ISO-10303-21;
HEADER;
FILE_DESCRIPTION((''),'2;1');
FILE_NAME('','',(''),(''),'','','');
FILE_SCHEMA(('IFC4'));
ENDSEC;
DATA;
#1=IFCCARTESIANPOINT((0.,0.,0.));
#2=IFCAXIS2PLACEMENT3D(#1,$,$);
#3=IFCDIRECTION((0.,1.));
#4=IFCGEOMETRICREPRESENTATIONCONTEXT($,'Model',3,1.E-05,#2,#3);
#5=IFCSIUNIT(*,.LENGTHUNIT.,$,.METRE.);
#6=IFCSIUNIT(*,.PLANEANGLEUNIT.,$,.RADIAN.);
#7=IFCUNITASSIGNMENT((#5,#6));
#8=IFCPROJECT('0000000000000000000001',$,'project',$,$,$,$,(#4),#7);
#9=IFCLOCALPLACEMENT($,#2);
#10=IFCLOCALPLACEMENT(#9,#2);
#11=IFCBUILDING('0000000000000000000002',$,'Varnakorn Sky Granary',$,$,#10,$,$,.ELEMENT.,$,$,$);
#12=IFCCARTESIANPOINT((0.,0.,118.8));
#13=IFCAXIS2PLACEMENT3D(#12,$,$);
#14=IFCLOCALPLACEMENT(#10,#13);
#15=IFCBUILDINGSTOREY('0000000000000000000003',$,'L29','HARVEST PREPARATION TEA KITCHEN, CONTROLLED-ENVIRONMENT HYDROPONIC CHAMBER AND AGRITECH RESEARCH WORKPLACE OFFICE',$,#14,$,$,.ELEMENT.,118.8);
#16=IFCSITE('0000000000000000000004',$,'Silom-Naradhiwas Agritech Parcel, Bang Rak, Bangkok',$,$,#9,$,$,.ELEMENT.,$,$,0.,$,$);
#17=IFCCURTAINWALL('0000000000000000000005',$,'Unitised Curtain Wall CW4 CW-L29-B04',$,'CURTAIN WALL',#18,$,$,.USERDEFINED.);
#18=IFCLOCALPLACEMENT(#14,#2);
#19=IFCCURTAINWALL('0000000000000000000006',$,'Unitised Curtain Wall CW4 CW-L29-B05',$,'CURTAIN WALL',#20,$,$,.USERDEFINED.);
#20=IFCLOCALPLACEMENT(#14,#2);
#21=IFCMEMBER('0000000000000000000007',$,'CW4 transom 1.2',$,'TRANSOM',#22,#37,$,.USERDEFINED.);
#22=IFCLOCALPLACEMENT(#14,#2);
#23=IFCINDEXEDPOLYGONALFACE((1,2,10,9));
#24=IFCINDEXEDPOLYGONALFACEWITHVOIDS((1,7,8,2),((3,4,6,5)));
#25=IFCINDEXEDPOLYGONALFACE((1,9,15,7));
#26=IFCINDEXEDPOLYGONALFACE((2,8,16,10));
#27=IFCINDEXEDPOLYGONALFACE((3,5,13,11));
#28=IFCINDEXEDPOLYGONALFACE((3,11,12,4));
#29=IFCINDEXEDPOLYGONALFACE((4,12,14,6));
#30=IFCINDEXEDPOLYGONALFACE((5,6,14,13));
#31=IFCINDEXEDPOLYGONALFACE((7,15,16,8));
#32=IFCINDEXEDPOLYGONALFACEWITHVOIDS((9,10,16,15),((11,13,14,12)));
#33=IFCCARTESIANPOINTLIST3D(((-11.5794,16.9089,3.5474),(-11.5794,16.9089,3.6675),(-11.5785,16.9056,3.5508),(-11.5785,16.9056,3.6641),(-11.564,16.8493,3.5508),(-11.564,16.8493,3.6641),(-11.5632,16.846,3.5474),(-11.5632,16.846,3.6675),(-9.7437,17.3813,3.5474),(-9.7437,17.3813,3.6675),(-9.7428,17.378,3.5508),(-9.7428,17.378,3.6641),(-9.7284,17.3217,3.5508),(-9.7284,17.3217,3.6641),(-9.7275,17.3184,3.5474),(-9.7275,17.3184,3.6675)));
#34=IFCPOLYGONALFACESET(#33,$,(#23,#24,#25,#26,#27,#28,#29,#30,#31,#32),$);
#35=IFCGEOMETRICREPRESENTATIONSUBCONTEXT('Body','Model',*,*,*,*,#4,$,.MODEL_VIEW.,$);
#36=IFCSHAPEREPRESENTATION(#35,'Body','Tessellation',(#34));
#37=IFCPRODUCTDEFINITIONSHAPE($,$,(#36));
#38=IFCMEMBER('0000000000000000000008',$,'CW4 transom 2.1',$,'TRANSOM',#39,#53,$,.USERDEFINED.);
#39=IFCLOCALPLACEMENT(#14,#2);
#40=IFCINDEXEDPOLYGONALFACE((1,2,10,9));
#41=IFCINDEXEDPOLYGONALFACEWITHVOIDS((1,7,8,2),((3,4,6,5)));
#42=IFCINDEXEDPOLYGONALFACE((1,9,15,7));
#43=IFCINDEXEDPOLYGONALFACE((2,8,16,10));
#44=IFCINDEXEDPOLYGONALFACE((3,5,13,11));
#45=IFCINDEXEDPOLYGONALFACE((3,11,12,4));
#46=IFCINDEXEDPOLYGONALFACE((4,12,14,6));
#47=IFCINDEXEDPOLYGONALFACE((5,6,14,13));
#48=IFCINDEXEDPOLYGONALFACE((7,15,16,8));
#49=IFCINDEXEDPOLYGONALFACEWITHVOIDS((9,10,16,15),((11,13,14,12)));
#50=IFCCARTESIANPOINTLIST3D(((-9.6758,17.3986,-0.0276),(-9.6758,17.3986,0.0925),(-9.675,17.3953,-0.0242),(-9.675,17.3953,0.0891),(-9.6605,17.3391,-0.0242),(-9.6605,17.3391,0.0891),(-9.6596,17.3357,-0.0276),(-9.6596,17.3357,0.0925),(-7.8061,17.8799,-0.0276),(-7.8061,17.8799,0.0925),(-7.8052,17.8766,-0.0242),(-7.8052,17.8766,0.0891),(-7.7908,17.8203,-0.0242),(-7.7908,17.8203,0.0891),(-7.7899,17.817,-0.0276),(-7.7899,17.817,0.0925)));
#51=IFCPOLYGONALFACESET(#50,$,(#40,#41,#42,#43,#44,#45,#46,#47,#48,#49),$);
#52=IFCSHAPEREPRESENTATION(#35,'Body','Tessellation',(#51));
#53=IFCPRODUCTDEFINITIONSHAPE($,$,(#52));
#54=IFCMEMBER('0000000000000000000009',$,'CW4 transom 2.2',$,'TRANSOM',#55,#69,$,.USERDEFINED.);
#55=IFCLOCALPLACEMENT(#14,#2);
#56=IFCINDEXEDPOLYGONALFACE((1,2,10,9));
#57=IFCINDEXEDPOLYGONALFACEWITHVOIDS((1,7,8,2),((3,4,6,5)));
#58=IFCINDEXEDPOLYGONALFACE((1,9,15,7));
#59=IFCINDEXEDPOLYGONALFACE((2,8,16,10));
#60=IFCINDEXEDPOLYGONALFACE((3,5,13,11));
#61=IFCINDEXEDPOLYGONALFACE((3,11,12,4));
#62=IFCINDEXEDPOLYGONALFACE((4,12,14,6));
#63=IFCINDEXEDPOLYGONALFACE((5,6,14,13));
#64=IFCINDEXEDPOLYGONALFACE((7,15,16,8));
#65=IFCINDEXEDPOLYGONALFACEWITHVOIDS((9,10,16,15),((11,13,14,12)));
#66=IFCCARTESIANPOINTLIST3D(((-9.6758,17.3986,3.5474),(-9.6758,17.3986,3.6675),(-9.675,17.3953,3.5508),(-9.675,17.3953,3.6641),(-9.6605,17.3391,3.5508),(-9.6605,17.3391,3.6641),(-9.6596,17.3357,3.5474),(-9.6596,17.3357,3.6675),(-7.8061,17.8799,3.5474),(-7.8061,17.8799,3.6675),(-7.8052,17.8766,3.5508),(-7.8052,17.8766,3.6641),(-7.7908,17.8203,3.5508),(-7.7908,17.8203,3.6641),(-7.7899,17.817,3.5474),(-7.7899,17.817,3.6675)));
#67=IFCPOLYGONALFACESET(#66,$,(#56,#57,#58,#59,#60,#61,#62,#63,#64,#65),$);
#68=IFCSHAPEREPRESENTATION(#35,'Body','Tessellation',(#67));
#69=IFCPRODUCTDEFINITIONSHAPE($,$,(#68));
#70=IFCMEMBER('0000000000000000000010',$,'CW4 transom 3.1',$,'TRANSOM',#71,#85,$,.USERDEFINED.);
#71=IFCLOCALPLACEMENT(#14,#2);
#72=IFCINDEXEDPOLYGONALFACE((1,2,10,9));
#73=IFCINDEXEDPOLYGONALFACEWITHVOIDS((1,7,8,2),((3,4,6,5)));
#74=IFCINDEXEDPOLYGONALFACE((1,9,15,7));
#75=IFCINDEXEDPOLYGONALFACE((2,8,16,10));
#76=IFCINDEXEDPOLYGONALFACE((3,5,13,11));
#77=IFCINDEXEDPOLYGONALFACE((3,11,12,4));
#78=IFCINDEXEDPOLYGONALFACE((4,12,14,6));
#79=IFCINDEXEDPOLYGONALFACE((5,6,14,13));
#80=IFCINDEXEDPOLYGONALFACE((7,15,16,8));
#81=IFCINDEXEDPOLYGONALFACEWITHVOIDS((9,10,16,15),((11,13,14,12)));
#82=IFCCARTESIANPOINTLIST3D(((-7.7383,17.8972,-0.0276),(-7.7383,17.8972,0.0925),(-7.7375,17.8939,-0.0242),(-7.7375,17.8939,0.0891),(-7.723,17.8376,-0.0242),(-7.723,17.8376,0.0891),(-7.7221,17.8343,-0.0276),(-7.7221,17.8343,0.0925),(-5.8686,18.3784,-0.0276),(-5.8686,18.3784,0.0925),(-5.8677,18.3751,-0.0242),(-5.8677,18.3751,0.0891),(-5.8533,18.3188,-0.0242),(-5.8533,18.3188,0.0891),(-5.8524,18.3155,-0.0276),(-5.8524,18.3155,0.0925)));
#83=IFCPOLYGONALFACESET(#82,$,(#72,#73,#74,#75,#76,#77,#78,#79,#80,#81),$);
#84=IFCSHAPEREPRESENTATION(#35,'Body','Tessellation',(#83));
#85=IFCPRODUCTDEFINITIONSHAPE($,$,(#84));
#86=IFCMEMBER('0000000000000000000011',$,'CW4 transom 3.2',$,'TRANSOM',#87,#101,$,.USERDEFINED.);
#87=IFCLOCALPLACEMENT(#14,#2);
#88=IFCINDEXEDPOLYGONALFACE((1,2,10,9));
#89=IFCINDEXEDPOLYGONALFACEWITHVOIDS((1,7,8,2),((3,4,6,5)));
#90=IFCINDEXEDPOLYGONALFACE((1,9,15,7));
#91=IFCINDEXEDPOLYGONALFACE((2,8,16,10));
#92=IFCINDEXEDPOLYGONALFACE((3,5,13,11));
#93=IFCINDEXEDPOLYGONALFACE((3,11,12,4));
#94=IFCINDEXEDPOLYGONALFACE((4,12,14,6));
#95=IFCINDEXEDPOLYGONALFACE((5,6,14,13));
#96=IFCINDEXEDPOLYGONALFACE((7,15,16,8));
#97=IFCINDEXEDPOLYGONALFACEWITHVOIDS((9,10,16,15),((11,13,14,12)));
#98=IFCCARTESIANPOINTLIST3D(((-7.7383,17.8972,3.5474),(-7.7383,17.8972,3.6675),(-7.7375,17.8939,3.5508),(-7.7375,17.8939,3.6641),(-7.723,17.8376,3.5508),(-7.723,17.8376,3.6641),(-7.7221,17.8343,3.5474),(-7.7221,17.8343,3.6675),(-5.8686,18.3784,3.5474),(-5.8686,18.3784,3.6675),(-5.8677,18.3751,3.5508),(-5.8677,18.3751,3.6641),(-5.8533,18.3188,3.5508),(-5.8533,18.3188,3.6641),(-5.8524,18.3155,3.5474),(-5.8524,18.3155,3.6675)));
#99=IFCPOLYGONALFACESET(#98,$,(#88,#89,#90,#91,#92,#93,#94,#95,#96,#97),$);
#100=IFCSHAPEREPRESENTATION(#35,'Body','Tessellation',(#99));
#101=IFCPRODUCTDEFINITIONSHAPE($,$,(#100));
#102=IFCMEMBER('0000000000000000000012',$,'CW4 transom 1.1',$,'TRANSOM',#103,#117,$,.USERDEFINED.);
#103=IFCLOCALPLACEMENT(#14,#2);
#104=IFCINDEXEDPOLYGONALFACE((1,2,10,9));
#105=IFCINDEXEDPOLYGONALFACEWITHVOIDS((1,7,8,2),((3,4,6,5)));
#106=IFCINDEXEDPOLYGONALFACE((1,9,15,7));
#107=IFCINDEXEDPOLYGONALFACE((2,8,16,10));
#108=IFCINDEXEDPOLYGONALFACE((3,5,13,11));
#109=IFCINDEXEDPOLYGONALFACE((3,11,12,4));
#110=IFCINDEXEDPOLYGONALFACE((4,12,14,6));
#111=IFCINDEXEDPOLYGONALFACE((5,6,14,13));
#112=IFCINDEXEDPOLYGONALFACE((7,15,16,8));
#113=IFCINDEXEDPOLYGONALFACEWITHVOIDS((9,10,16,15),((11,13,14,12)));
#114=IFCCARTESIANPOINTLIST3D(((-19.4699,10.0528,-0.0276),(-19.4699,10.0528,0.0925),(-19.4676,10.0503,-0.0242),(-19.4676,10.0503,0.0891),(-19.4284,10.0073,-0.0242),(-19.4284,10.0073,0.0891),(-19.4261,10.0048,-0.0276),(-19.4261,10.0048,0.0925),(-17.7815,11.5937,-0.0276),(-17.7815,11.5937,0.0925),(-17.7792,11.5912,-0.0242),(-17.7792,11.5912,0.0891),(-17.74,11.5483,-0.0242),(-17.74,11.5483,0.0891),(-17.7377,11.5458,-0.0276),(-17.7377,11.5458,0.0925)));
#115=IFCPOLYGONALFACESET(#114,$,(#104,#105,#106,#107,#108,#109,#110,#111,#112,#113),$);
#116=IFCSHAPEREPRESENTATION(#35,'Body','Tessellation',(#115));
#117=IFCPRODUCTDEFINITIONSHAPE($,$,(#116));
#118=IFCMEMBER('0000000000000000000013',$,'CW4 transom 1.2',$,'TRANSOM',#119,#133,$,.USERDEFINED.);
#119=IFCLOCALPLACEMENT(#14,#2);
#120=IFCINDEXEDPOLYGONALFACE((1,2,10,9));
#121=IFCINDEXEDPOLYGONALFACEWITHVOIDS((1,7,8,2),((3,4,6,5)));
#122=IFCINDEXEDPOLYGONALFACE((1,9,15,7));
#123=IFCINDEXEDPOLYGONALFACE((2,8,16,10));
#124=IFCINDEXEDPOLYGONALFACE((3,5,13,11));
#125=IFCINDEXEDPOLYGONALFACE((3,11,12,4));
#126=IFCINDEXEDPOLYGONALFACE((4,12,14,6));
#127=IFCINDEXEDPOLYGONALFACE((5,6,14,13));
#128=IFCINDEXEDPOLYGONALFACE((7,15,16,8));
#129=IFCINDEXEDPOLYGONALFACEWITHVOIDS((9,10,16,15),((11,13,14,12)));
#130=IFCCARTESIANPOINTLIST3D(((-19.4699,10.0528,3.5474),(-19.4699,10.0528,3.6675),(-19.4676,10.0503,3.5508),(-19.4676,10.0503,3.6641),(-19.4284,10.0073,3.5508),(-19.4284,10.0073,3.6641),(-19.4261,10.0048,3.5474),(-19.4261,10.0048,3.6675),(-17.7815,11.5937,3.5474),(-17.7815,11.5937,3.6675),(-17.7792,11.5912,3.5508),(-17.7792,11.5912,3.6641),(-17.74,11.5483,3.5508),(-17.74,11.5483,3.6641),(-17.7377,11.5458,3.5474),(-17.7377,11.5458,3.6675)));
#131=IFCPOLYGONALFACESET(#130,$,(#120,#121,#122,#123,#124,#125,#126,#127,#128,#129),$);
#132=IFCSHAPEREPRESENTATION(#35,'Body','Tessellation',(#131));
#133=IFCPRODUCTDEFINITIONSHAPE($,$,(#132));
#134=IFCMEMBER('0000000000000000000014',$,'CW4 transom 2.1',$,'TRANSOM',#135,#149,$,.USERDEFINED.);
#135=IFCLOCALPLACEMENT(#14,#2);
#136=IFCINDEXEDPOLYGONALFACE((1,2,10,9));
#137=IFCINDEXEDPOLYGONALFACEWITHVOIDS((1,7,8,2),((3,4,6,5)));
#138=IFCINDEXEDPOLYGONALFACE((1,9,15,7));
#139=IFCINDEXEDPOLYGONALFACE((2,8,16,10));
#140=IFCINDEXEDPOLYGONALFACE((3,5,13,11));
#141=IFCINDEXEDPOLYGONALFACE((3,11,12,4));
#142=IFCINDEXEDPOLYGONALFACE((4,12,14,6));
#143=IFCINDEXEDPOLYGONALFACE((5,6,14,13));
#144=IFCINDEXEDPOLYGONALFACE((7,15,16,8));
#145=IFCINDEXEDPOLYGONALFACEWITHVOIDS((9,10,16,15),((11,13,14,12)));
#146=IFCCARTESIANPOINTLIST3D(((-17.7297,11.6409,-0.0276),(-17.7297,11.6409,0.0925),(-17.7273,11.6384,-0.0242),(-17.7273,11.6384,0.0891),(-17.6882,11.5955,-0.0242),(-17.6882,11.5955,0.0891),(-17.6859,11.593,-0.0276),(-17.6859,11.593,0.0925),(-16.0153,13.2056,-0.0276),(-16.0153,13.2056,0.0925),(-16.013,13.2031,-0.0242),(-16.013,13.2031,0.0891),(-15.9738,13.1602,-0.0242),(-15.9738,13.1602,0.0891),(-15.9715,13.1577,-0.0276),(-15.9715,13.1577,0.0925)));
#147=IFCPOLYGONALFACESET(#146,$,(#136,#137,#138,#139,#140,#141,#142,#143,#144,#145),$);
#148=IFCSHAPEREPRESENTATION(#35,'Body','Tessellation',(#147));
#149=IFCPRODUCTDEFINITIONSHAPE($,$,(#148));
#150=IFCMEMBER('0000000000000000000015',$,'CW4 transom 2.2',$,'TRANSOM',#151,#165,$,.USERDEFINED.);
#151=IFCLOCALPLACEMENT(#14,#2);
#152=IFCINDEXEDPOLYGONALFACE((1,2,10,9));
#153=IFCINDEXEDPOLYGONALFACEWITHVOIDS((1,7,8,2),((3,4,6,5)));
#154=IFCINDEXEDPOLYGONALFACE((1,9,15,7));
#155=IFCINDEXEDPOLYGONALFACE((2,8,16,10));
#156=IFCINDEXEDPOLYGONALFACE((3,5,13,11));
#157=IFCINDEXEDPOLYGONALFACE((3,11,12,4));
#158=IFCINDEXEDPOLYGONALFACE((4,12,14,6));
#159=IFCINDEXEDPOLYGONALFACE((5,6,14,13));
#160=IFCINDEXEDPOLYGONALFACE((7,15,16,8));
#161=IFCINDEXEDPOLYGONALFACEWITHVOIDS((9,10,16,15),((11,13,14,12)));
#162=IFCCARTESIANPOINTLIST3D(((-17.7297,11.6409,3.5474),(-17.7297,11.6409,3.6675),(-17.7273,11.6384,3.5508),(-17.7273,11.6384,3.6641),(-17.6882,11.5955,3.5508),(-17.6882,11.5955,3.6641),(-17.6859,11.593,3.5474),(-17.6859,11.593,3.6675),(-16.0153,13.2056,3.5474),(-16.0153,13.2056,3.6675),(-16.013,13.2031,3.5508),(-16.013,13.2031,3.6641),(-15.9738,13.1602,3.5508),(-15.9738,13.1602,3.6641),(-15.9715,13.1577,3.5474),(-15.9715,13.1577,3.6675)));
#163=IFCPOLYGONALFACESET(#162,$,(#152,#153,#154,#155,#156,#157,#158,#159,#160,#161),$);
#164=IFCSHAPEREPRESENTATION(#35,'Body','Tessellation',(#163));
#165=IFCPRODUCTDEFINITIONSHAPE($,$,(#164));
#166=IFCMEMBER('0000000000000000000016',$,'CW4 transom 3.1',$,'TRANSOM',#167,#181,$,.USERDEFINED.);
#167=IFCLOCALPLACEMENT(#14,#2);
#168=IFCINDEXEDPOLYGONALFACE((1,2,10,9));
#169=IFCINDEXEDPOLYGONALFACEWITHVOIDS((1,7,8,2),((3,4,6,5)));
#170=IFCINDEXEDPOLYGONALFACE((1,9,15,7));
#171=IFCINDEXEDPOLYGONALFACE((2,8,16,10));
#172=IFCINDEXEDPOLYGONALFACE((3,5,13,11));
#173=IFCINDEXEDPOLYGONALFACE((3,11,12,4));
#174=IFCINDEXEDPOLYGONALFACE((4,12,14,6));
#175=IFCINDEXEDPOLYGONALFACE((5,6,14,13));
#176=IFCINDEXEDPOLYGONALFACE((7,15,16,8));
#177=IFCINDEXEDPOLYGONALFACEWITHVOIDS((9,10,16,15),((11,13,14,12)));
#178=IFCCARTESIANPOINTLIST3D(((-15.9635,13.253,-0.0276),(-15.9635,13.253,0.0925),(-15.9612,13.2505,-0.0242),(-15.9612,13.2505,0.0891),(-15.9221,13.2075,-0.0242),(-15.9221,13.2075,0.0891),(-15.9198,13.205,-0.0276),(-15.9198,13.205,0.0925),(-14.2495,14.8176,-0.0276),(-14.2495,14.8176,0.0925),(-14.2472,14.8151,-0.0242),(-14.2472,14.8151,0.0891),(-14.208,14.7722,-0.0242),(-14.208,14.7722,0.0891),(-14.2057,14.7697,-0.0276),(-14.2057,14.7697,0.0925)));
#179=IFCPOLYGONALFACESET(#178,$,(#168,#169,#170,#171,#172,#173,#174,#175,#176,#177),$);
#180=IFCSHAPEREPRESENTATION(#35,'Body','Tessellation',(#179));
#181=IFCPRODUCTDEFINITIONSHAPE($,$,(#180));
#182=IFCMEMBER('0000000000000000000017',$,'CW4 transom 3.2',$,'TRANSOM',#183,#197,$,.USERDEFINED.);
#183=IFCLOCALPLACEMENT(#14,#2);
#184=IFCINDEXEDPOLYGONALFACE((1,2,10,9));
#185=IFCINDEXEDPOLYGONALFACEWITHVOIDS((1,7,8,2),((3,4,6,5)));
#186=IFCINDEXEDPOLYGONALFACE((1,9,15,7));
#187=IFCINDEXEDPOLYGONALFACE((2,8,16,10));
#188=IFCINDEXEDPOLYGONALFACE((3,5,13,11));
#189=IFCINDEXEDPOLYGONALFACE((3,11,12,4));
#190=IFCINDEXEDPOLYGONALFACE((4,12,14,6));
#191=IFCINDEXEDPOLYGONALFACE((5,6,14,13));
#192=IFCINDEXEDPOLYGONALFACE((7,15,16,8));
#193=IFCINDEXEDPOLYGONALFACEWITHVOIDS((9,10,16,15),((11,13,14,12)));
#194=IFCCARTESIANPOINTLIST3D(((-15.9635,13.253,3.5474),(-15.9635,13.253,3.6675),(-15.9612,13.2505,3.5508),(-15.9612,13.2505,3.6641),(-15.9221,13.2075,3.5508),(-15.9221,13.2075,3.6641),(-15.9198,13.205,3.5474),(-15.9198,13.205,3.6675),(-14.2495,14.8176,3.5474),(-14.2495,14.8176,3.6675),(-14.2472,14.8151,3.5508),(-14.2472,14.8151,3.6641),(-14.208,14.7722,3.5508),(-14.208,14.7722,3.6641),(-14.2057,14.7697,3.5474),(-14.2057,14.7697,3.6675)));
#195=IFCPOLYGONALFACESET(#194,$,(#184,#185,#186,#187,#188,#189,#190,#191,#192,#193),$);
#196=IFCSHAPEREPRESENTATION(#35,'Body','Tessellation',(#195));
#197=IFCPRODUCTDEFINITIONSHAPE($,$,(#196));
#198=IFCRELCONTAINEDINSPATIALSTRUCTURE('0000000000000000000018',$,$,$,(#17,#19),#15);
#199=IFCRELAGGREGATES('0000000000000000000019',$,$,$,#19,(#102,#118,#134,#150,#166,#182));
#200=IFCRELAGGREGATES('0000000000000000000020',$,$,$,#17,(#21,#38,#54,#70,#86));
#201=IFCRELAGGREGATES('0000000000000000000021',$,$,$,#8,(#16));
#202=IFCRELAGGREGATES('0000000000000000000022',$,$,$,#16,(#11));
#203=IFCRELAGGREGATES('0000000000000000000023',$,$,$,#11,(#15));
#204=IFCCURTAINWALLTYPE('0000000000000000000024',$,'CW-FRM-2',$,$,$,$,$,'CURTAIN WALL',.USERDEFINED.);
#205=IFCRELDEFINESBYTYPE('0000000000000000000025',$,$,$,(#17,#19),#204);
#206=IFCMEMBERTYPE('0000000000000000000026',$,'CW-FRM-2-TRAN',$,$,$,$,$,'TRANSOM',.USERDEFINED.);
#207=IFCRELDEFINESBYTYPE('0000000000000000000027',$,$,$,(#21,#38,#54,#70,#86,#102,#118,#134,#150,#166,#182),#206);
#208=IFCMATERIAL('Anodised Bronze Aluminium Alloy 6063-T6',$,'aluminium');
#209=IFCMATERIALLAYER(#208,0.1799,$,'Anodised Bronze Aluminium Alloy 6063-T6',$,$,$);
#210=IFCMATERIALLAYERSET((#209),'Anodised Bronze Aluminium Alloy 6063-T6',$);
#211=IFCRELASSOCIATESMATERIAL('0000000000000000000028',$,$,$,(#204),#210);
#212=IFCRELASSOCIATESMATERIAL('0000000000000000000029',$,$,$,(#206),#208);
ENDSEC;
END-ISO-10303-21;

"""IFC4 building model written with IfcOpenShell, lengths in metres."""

from ifc_helpers import new_model, si_unit, direction, frame, origin, origin_2d, place, context, subcontext, project, spatial, hollow_rectangle, extrude, material, layer, layer_set, material_profile, profile_set, type_object, element, aggregate, save


model = new_model("IFC4")

# Units and contexts
model_context = context("Model", 3, precision=1e-05, world=origin(), true_north=direction((0.0, 1.0)))
body_context = subcontext(model_context, "Body", "Model", "MODEL_VIEW")
ifc_project = project(units=[si_unit("LENGTHUNIT", "METRE"), si_unit("PLANEANGLEUNIT", "RADIAN")], contexts=[model_context])

# Site, building, storey
site_placement = place(None, origin())
site = spatial("IfcSite", under=ifc_project, at=site_placement, Name="Silom-Naradhiwas Agritech Parcel, Bang Rak, Bangkok", CompositionType="ELEMENT", RefElevation=0.0)
building_placement = place(site_placement, origin())
building = spatial("IfcBuilding", under=site, at=building_placement, Name="Varnakorn Sky Granary", CompositionType="ELEMENT")
storey_placement = place(building_placement, frame((0.0, 0.0, 118.8)))
storey = spatial("IfcBuildingStorey", under=building, at=storey_placement, Name="L29", Description="HARVEST PREPARATION TEA KITCHEN, CONTROLLED-ENVIRONMENT HYDROPONIC CHAMBER AND AGRITECH RESEARCH WORKPLACE OFFICE", CompositionType="ELEMENT", Elevation=118.8)

# Curtain walls
ifc_material_1 = material(Name="Anodised Bronze Aluminium Alloy 6063-T6", Category="aluminium")
ifc_layer_1 = layer(ifc_material_1, 0.1799, Name="Anodised Bronze Aluminium Alloy 6063-T6")
ifc_layer_set_1 = layer_set([ifc_layer_1], Name="Anodised Bronze Aluminium Alloy 6063-T6")
curtain_wall_type = type_object("IfcCurtainWallType", Name="CW-FRM-2", ElementType="CURTAIN WALL", PredefinedType="USERDEFINED", material=ifc_layer_set_1)
curtain_wall_1_placement = place(storey_placement, origin())
curtain_wall_1 = element("IfcCurtainWall", 1, at=curtain_wall_1_placement, inside=storey, type_object=curtain_wall_type, Name="Unitised Curtain Wall CW4 CW-L29-B04", ObjectType="CURTAIN WALL", PredefinedType="USERDEFINED")
curtain_wall_2_placement = place(storey_placement, origin())
curtain_wall_2 = element("IfcCurtainWall", 2, at=curtain_wall_2_placement, inside=storey, type_object=curtain_wall_type, Name="Unitised Curtain Wall CW4 CW-L29-B05", ObjectType="CURTAIN WALL", PredefinedType="USERDEFINED")

# Members
ifc_material_profile_1 = material_profile(ifc_material_1, hollow_rectangle(XDim=0.0649, YDim=0.1201, WallThickness=0.0034, at=origin_2d()), Name="ALU TRAN 65x120")
ifc_profile_set_1 = profile_set([ifc_material_profile_1], Name="Anodised Bronze Aluminium Alloy 6063-T6")
member_type_1 = type_object("IfcMemberType", Name="CW-FRM-2-TRAN", ElementType="TRANSOM", PredefinedType="USERDEFINED", material=ifc_profile_set_1)
member_1_placement = place(storey_placement, frame((-11.5713, 16.8774, 3.6074), z_axis=(0.968445, 0.249227, 0.0), x_axis=(-0.249227, 0.968445, 0.0)))
member_1 = element("IfcMember", 3, at=member_1_placement, type_object=member_type_1, Name="CW4 transom 1.2", ObjectType="TRANSOM", PredefinedType="USERDEFINED", context=body_context, shape_type="SweptSolid", body=[
    extrude(hollow_rectangle(XDim=0.0649, YDim=0.1201, WallThickness=0.0034, at=origin_2d()), origin(), (0.0, 0.0, 1.0), 1.8955),
])
member_2_placement = place(storey_placement, frame((-9.6677, 17.3672, 0.0325), z_axis=(0.968438, 0.249255, 0.0), x_axis=(-0.249255, 0.968438, 0.0)))
member_2 = element("IfcMember", 4, at=member_2_placement, type_object=member_type_1, Name="CW4 transom 2.1", ObjectType="TRANSOM", PredefinedType="USERDEFINED", context=body_context, shape_type="SweptSolid", body=[
    extrude(hollow_rectangle(XDim=0.0649, YDim=0.1201, WallThickness=0.0034, at=origin_2d()), origin(), (0.0, 0.0, 1.0), 1.9307),
])
member_3_placement = place(storey_placement, frame((-9.6677, 17.3672, 3.6074), z_axis=(0.968438, 0.249255, 0.0), x_axis=(-0.249255, 0.968438, 0.0)))
member_3 = element("IfcMember", 5, at=member_3_placement, type_object=member_type_1, Name="CW4 transom 2.2", ObjectType="TRANSOM", PredefinedType="USERDEFINED", context=body_context, shape_type="SweptSolid", body=[
    extrude(hollow_rectangle(XDim=0.0649, YDim=0.1201, WallThickness=0.0034, at=origin_2d()), origin(), (0.0, 0.0, 1.0), 1.9307),
])
member_4_placement = place(storey_placement, frame((-7.7302, 17.8657, 0.0325), z_axis=(0.968438, 0.249255, 0.0), x_axis=(-0.249255, 0.968438, 0.0)))
member_4 = element("IfcMember", 6, at=member_4_placement, type_object=member_type_1, Name="CW4 transom 3.1", ObjectType="TRANSOM", PredefinedType="USERDEFINED", context=body_context, shape_type="SweptSolid", body=[
    extrude(hollow_rectangle(XDim=0.0649, YDim=0.1201, WallThickness=0.0034, at=origin_2d()), origin(), (0.0, 0.0, 1.0), 1.9307),
])
member_5_placement = place(storey_placement, frame((-7.7302, 17.8657, 3.6074), z_axis=(0.968438, 0.249255, 0.0), x_axis=(-0.249255, 0.968438, 0.0)))
member_5 = element("IfcMember", 7, at=member_5_placement, type_object=member_type_1, Name="CW4 transom 3.2", ObjectType="TRANSOM", PredefinedType="USERDEFINED", context=body_context, shape_type="SweptSolid", body=[
    extrude(hollow_rectangle(XDim=0.0649, YDim=0.1201, WallThickness=0.0034, at=origin_2d()), origin(), (0.0, 0.0, 1.0), 1.9307),
])
member_6_placement = place(storey_placement, frame((-19.448, 10.0288, 0.0325), z_axis=(0.738624, 0.674117, 0.0), x_axis=(-0.674117, 0.738624, 0.0)))
member_6 = element("IfcMember", 8, at=member_6_placement, type_object=member_type_1, Name="CW4 transom 1.1", ObjectType="TRANSOM", PredefinedType="USERDEFINED", context=body_context, shape_type="SweptSolid", body=[
    extrude(hollow_rectangle(XDim=0.0649, YDim=0.1201, WallThickness=0.0034, at=origin_2d()), origin(), (0.0, 0.0, 1.0), 2.2859),
])
member_7_placement = place(storey_placement, frame((-19.448, 10.0288, 3.6074), z_axis=(0.738624, 0.674117, 0.0), x_axis=(-0.674117, 0.738624, 0.0)))
member_7 = element("IfcMember", 9, at=member_7_placement, type_object=member_type_1, Name="CW4 transom 1.2", ObjectType="TRANSOM", PredefinedType="USERDEFINED", context=body_context, shape_type="SweptSolid", body=[
    extrude(hollow_rectangle(XDim=0.0649, YDim=0.1201, WallThickness=0.0034, at=origin_2d()), origin(), (0.0, 0.0, 1.0), 2.2859),
])
member_8_placement = place(storey_placement, frame((-17.7078, 11.6169, 0.0325), z_axis=(0.738611, 0.674132, 0.0), x_axis=(-0.674132, 0.738611, 0.0)))
member_8 = element("IfcMember", 10, at=member_8_placement, type_object=member_type_1, Name="CW4 transom 2.1", ObjectType="TRANSOM", PredefinedType="USERDEFINED", context=body_context, shape_type="SweptSolid", body=[
    extrude(hollow_rectangle(XDim=0.0649, YDim=0.1201, WallThickness=0.0034, at=origin_2d()), origin(), (0.0, 0.0, 1.0), 2.321),
])
member_9_placement = place(storey_placement, frame((-17.7078, 11.6169, 3.6074), z_axis=(0.738611, 0.674132, 0.0), x_axis=(-0.674132, 0.738611, 0.0)))
member_9 = element("IfcMember", 11, at=member_9_placement, type_object=member_type_1, Name="CW4 transom 2.2", ObjectType="TRANSOM", PredefinedType="USERDEFINED", context=body_context, shape_type="SweptSolid", body=[
    extrude(hollow_rectangle(XDim=0.0649, YDim=0.1201, WallThickness=0.0034, at=origin_2d()), origin(), (0.0, 0.0, 1.0), 2.321),
])
member_10_placement = place(storey_placement, frame((-15.9417, 13.229, 0.0325), z_axis=(0.738563, 0.674185, 0.0), x_axis=(-0.674185, 0.738563, 0.0)))
member_10 = element("IfcMember", 12, at=member_10_placement, type_object=member_type_1, Name="CW4 transom 3.1", ObjectType="TRANSOM", PredefinedType="USERDEFINED", context=body_context, shape_type="SweptSolid", body=[
    extrude(hollow_rectangle(XDim=0.0649, YDim=0.1201, WallThickness=0.0034, at=origin_2d()), origin(), (0.0, 0.0, 1.0), 2.3208),
])
member_11_placement = place(storey_placement, frame((-15.9417, 13.229, 3.6074), z_axis=(0.738563, 0.674185, 0.0), x_axis=(-0.674185, 0.738563, 0.0)))
member_11 = element("IfcMember", 13, at=member_11_placement, type_object=member_type_1, Name="CW4 transom 3.2", ObjectType="TRANSOM", PredefinedType="USERDEFINED", context=body_context, shape_type="SweptSolid", body=[
    extrude(hollow_rectangle(XDim=0.0649, YDim=0.1201, WallThickness=0.0034, at=origin_2d()), origin(), (0.0, 0.0, 1.0), 2.3208),
])

aggregate(curtain_wall_2, [member_6, member_7, member_8, member_9, member_10, member_11])
aggregate(curtain_wall_1, [member_1, member_2, member_3, member_4, member_5])

save(model, "model.ifc")
